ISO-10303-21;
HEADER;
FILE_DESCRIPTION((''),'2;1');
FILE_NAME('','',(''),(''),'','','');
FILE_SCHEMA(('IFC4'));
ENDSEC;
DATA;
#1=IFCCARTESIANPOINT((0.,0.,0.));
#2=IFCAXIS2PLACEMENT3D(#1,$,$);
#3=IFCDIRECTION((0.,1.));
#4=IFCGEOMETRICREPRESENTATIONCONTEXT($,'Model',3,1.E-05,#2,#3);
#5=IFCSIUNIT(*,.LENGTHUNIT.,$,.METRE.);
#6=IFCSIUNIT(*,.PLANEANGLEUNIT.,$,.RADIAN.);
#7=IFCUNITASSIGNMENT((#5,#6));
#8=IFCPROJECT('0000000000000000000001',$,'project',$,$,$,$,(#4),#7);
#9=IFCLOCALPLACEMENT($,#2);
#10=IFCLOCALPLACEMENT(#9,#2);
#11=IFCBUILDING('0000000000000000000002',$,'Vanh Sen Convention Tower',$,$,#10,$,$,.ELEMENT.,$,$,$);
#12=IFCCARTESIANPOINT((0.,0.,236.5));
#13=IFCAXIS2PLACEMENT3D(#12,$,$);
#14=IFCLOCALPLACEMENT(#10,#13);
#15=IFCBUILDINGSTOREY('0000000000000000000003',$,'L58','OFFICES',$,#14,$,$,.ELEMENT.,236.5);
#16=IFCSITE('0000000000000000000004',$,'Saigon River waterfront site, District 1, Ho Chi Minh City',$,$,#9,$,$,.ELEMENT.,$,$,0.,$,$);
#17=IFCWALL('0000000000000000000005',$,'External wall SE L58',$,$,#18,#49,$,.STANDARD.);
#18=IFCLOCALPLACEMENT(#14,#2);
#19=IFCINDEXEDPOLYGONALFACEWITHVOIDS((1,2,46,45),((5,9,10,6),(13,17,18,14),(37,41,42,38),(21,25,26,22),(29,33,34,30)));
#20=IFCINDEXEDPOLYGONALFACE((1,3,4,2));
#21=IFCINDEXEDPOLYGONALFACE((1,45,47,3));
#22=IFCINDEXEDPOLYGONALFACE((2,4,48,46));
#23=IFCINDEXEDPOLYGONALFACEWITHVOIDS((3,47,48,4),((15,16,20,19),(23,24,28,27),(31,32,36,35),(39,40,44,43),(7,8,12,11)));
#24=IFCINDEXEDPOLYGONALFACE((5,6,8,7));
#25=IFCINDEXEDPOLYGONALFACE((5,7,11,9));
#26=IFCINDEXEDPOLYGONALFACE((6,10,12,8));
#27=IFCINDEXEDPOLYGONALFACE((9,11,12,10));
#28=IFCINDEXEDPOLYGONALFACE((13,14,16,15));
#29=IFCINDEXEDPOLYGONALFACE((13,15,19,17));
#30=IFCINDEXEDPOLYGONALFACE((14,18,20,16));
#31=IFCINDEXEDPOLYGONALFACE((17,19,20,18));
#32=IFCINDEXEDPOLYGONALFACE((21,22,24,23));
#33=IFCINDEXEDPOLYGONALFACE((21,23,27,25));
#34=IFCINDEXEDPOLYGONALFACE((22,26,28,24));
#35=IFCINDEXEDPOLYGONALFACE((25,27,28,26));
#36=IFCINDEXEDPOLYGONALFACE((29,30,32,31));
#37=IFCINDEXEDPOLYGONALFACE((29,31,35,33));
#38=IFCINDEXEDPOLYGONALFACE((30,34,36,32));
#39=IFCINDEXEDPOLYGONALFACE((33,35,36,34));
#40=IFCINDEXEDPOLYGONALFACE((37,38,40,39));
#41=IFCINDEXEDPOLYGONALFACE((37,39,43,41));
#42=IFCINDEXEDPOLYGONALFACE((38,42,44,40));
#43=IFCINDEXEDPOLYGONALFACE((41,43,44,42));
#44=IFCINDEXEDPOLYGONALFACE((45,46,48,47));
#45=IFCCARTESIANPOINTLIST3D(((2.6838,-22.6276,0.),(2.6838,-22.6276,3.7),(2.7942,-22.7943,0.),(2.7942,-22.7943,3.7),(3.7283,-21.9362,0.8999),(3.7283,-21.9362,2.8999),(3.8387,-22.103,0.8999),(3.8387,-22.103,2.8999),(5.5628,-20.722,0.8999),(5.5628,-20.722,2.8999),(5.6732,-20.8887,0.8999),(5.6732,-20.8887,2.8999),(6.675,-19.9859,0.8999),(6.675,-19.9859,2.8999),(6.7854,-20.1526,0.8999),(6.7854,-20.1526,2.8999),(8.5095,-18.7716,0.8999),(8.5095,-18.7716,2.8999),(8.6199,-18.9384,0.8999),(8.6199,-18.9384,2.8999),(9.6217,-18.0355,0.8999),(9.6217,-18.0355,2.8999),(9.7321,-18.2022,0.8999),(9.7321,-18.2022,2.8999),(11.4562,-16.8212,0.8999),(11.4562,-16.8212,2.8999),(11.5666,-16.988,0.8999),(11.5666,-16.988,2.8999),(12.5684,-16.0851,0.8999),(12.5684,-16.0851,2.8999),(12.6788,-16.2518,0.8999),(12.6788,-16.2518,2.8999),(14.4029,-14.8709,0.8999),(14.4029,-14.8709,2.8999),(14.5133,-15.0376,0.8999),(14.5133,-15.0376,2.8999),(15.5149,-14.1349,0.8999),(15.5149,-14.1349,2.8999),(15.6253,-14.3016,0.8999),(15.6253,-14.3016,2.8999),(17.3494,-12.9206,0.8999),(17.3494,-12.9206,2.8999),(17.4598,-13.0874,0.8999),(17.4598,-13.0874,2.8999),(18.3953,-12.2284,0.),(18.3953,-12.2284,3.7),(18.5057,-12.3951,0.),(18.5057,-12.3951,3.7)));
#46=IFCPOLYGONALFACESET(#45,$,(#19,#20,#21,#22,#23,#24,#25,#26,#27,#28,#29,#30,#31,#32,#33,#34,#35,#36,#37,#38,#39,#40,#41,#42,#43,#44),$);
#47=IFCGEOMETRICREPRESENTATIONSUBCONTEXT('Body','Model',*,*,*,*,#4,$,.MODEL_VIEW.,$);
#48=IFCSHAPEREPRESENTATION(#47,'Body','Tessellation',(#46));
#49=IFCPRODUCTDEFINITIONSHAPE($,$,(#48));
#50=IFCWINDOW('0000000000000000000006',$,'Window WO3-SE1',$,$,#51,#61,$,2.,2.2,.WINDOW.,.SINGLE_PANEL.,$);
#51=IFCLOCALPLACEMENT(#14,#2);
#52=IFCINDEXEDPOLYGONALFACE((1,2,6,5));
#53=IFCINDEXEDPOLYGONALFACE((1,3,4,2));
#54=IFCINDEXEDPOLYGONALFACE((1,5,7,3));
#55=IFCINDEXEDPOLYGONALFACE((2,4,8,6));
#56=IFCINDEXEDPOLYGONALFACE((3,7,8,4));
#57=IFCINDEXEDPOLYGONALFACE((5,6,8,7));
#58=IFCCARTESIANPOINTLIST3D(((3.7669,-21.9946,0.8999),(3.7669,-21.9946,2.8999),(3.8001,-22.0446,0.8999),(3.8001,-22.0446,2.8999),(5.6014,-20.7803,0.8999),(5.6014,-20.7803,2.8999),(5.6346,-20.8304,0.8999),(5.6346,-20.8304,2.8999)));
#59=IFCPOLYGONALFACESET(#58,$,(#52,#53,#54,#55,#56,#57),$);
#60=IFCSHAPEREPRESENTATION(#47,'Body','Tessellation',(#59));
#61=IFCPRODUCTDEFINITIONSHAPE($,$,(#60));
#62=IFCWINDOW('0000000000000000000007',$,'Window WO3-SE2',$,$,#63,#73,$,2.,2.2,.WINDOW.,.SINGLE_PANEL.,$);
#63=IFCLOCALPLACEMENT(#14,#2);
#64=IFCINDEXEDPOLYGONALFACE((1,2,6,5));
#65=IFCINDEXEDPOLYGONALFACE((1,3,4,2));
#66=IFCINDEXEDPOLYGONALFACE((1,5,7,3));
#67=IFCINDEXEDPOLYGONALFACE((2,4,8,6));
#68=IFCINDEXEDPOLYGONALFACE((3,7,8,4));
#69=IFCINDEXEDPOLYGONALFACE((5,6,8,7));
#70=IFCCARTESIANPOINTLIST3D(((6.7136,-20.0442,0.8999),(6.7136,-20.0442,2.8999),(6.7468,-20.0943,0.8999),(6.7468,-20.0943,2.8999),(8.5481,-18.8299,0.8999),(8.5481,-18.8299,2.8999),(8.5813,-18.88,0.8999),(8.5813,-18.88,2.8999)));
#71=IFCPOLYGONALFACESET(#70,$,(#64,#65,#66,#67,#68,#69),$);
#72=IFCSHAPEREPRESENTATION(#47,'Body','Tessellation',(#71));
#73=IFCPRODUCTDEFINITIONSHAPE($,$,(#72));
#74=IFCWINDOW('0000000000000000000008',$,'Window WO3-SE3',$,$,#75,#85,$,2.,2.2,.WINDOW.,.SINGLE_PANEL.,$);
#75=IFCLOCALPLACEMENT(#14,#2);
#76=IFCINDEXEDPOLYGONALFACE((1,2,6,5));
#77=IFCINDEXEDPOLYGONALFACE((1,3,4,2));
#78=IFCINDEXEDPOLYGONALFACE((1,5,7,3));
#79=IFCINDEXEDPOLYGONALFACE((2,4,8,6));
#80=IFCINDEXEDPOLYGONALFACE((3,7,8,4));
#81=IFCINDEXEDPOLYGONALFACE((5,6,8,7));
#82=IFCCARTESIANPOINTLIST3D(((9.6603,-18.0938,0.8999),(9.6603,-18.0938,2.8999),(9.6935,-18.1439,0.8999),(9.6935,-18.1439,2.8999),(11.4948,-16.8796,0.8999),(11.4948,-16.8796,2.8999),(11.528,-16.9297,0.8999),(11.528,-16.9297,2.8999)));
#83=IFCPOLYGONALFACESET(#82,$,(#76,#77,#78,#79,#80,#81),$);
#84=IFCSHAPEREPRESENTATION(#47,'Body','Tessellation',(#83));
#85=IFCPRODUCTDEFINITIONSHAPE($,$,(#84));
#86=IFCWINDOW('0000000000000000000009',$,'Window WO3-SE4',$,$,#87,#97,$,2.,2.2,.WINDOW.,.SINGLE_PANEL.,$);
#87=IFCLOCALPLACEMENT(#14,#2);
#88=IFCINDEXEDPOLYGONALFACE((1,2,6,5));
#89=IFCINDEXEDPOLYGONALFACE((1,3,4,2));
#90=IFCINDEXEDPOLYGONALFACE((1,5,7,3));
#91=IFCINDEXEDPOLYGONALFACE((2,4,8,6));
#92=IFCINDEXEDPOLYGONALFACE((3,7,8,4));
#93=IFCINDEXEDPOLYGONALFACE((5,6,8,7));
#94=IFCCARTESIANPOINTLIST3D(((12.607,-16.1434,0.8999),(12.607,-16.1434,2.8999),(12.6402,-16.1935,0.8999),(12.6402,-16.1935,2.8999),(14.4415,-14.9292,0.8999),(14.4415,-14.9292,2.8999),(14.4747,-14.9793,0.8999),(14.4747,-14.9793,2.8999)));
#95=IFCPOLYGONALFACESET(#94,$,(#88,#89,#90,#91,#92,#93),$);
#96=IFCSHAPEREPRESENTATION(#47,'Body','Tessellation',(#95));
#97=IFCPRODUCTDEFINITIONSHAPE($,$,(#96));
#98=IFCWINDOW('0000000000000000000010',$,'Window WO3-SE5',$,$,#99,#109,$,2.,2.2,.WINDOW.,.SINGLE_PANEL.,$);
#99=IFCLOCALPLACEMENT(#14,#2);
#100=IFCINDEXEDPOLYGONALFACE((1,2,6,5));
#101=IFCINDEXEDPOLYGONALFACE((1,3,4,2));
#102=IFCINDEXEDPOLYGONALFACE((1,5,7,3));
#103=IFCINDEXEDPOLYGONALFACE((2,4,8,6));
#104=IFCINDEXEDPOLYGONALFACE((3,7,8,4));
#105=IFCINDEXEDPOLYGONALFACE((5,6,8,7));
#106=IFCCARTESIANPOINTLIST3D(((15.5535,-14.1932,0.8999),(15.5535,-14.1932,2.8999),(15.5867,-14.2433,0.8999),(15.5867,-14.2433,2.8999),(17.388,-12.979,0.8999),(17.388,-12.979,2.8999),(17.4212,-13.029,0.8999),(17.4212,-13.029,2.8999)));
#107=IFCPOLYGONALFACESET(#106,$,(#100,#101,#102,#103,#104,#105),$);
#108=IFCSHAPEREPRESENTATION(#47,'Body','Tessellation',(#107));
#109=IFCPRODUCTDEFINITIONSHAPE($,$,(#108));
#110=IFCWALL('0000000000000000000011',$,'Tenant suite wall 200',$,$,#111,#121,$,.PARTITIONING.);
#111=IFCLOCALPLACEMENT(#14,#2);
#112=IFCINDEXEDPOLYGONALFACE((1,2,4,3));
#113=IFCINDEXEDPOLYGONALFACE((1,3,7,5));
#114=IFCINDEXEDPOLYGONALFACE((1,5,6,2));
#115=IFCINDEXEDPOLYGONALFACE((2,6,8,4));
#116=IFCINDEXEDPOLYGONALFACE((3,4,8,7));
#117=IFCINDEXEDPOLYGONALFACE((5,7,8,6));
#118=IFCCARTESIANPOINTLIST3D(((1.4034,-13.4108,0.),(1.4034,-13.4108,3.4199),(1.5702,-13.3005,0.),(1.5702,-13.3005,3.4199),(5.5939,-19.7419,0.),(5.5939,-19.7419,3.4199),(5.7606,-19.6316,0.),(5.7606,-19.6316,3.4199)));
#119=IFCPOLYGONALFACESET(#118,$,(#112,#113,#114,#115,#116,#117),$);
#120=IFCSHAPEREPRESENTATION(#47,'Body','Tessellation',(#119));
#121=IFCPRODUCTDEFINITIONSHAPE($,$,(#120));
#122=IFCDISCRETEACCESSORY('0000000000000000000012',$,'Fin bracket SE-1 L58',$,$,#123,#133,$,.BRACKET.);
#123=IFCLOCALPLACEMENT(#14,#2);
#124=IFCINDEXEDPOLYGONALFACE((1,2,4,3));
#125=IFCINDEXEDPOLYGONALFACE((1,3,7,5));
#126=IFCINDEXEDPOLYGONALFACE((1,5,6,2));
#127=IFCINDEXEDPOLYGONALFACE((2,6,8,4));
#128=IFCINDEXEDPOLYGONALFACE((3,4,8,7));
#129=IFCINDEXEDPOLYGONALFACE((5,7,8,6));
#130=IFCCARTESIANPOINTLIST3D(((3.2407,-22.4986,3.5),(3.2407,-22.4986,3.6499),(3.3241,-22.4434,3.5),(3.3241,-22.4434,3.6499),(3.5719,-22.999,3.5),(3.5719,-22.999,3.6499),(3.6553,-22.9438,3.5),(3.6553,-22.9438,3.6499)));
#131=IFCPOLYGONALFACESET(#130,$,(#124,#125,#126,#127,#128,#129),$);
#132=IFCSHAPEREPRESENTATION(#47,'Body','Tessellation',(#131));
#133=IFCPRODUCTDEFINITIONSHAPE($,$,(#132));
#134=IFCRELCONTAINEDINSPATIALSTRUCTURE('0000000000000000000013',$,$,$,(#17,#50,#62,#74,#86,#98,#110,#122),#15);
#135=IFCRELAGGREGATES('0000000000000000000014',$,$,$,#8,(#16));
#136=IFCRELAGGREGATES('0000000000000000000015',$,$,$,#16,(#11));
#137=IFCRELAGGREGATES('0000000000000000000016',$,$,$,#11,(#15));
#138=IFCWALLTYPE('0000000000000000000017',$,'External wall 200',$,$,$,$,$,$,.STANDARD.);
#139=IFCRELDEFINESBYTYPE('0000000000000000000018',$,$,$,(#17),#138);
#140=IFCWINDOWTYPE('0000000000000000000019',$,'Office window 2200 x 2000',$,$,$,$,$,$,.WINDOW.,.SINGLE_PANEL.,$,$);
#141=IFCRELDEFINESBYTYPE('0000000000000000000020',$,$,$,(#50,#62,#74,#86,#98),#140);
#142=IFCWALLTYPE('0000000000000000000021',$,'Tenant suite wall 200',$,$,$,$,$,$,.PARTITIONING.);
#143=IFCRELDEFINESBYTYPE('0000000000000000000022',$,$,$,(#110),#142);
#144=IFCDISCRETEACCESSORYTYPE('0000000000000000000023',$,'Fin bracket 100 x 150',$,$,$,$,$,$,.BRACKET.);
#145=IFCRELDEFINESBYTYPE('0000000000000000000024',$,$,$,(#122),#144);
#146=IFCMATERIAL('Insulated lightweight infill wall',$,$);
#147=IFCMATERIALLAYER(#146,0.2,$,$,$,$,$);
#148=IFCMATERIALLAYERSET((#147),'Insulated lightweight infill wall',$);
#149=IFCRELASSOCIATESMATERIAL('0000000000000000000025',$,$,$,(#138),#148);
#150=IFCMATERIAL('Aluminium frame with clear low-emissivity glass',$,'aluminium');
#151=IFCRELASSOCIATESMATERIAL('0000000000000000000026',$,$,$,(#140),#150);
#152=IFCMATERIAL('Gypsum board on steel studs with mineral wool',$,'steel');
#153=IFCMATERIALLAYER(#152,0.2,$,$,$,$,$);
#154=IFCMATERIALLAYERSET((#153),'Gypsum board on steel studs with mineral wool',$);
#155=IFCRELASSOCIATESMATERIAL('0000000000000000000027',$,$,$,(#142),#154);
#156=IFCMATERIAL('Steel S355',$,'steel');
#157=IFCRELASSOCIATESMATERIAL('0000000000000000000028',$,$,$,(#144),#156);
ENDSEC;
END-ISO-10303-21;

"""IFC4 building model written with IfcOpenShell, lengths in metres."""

from ifc_helpers import new_model, si_unit, direction, frame, frame_2d, origin, origin_2d, place, context, subcontext, project, spatial, rectangle, extrude, material, layer, layer_set, type_object, element, fill, save


model = new_model("IFC4")

# Units and contexts
model_context = context("Model", 3, precision=1e-05, world=origin(), true_north=direction((0.0, 1.0)))
body_context = subcontext(model_context, "Body", "Model", "MODEL_VIEW")
ifc_project = project(units=[si_unit("LENGTHUNIT", "METRE"), si_unit("PLANEANGLEUNIT", "RADIAN")], contexts=[model_context])

# Site, building, storey
site_placement = place(None, origin())
site = spatial("IfcSite", under=ifc_project, at=site_placement, Name="Saigon River waterfront site, District 1, Ho Chi Minh City", CompositionType="ELEMENT", RefElevation=0.0)
building_placement = place(site_placement, origin())
building = spatial("IfcBuilding", under=site, at=building_placement, Name="Vanh Sen Convention Tower", CompositionType="ELEMENT")
storey_placement = place(building_placement, frame((0.0, 0.0, 236.5)))
storey = spatial("IfcBuildingStorey", under=building, at=storey_placement, Name="L58", Description="OFFICES", CompositionType="ELEMENT", Elevation=236.5)

# Shared definitions
ifc_material_1 = material(Name="Gypsum board on steel studs with mineral wool", Category="steel")

# Wall, openings, windows
ifc_material_2 = material(Name="Insulated lightweight infill wall")
ifc_layer_1 = layer(ifc_material_2, 0.2)
ifc_layer_set_1 = layer_set([ifc_layer_1], Name="Insulated lightweight infill wall")
wall_type_1 = type_object("IfcWallType", Name="External wall 200", PredefinedType="STANDARD", material=ifc_layer_set_1)
wall_1_placement = place(storey_placement, frame((2.739, -22.7109, 0.0), z_axis=(0.0, 0.0, 1.0), x_axis=(0.833886, 0.551937, 0.0)))
wall_1 = element("IfcWall", 1, at=wall_1_placement, inside=storey, type_object=wall_type_1, Name="External wall SE L58", PredefinedType="STANDARD", context=body_context, shape_type="SweptSolid", body=[
    extrude(rectangle(XDim=18.8413, YDim=0.2, at=frame_2d((9.4207, 0.0))), origin(), (0.0, 0.0, 1.0), 3.7),
])
opening_1_placement = place(wall_1_placement, frame((1.2524, 0.0, 0.8999)))
opening_1 = element("IfcOpeningElement", 2, at=opening_1_placement, cuts=wall_1, PredefinedType="OPENING", context=body_context, shape_type="SweptSolid", body=[
    extrude(rectangle(XDim=2.2, YDim=2.0, at=frame_2d((1.1001, 1.0))), frame((0.0, 0.1099, 0.0), z_axis=(0.0, -1.0, 0.0), x_axis=(1.0, 0.0, 0.0)), (0.0, 0.0, 1.0), 0.22),
])
opening_2_placement = place(wall_1_placement, frame((4.7861, 0.0, 0.8999)))
opening_2 = element("IfcOpeningElement", 3, at=opening_2_placement, cuts=wall_1, PredefinedType="OPENING", context=body_context, shape_type="SweptSolid", body=[
    extrude(rectangle(XDim=2.2, YDim=2.0, at=frame_2d((1.1001, 1.0))), frame((0.0, 0.1099, 0.0), z_axis=(0.0, -1.0, 0.0), x_axis=(1.0, 0.0, 0.0)), (0.0, 0.0, 1.0), 0.22),
])
opening_3_placement = place(wall_1_placement, frame((8.3198, 0.0, 0.8999)))
opening_3 = element("IfcOpeningElement", 4, at=opening_3_placement, cuts=wall_1, PredefinedType="OPENING", context=body_context, shape_type="SweptSolid", body=[
    extrude(rectangle(XDim=2.2, YDim=2.0, at=frame_2d((1.1001, 1.0))), frame((0.0, 0.1099, 0.0), z_axis=(0.0, -1.0, 0.0), x_axis=(1.0, 0.0, 0.0)), (0.0, 0.0, 1.0), 0.22),
])
opening_4_placement = place(wall_1_placement, frame((11.8535, 0.0, 0.8999)))
opening_4 = element("IfcOpeningElement", 5, at=opening_4_placement, cuts=wall_1, PredefinedType="OPENING", context=body_context, shape_type="SweptSolid", body=[
    extrude(rectangle(XDim=2.2, YDim=2.0, at=frame_2d((1.1001, 1.0))), frame((0.0, 0.1099, 0.0), z_axis=(0.0, -1.0, 0.0), x_axis=(1.0, 0.0, 0.0)), (0.0, 0.0, 1.0), 0.22),
])
opening_5_placement = place(wall_1_placement, frame((15.387, 0.0, 0.8999)))
opening_5 = element("IfcOpeningElement", 6, at=opening_5_placement, cuts=wall_1, PredefinedType="OPENING", context=body_context, shape_type="SweptSolid", body=[
    extrude(rectangle(XDim=2.2, YDim=2.0, at=frame_2d((1.1001, 1.0))), frame((0.0, 0.1099, 0.0), z_axis=(0.0, -1.0, 0.0), x_axis=(1.0, 0.0, 0.0)), (0.0, 0.0, 1.0), 0.22),
])
ifc_material_3 = material(Name="Aluminium frame with clear low-emissivity glass", Category="aluminium")
window_type = type_object("IfcWindowType", Name="Office window 2200 x 2000", PartitioningType="SINGLE_PANEL", PredefinedType="WINDOW", material=ifc_material_3)
window_1_placement = place(opening_1_placement, origin())
window_1 = element("IfcWindow", 7, at=window_1_placement, inside=storey, type_object=window_type, Name="Window WO3-SE1", OverallHeight=2.0, OverallWidth=2.2, PartitioningType="SINGLE_PANEL", PredefinedType="WINDOW", context=body_context, shape_type="SweptSolid", body=[
    extrude(rectangle(XDim=2.2, YDim=2.0, at=frame_2d((1.1001, 1.0))), frame((0.0, 0.03, 0.0), z_axis=(0.0, -1.0, 0.0), x_axis=(1.0, 0.0, 0.0)), (0.0, 0.0, 1.0), 0.0601),
])
fill(opening_1, window_1)
window_2_placement = place(opening_2_placement, origin())
window_2 = element("IfcWindow", 8, at=window_2_placement, inside=storey, type_object=window_type, Name="Window WO3-SE2", OverallHeight=2.0, OverallWidth=2.2, PartitioningType="SINGLE_PANEL", PredefinedType="WINDOW", context=body_context, shape_type="SweptSolid", body=[
    extrude(rectangle(XDim=2.2, YDim=2.0, at=frame_2d((1.1001, 1.0))), frame((0.0, 0.03, 0.0), z_axis=(0.0, -1.0, 0.0), x_axis=(1.0, 0.0, 0.0)), (0.0, 0.0, 1.0), 0.0601),
])
fill(opening_2, window_2)
window_3_placement = place(opening_3_placement, origin())
window_3 = element("IfcWindow", 9, at=window_3_placement, inside=storey, type_object=window_type, Name="Window WO3-SE3", OverallHeight=2.0, OverallWidth=2.2, PartitioningType="SINGLE_PANEL", PredefinedType="WINDOW", context=body_context, shape_type="SweptSolid", body=[
    extrude(rectangle(XDim=2.2, YDim=2.0, at=frame_2d((1.1001, 1.0))), frame((0.0, 0.03, 0.0), z_axis=(0.0, -1.0, 0.0), x_axis=(1.0, 0.0, 0.0)), (0.0, 0.0, 1.0), 0.0601),
])
fill(opening_3, window_3)
window_4_placement = place(opening_4_placement, origin())
window_4 = element("IfcWindow", 10, at=window_4_placement, inside=storey, type_object=window_type, Name="Window WO3-SE4", OverallHeight=2.0, OverallWidth=2.2, PartitioningType="SINGLE_PANEL", PredefinedType="WINDOW", context=body_context, shape_type="SweptSolid", body=[
    extrude(rectangle(XDim=2.2, YDim=2.0, at=frame_2d((1.1001, 1.0))), frame((0.0, 0.03, 0.0), z_axis=(0.0, -1.0, 0.0), x_axis=(1.0, 0.0, 0.0)), (0.0, 0.0, 1.0), 0.0601),
])
fill(opening_4, window_4)
window_5_placement = place(opening_5_placement, origin())
window_5 = element("IfcWindow", 11, at=window_5_placement, inside=storey, type_object=window_type, Name="Window WO3-SE5", OverallHeight=2.0, OverallWidth=2.2, PartitioningType="SINGLE_PANEL", PredefinedType="WINDOW", context=body_context, shape_type="SweptSolid", body=[
    extrude(rectangle(XDim=2.2, YDim=2.0, at=frame_2d((1.1001, 1.0))), frame((0.0, 0.03, 0.0), z_axis=(0.0, -1.0, 0.0), x_axis=(1.0, 0.0, 0.0)), (0.0, 0.0, 1.0), 0.0601),
])
fill(opening_5, window_5)

# Wall
ifc_layer_2 = layer(ifc_material_1, 0.2)
ifc_layer_set_2 = layer_set([ifc_layer_2], Name="Gypsum board on steel studs with mineral wool")
wall_type_2 = type_object("IfcWallType", Name="Tenant suite wall 200", PredefinedType="PARTITIONING", material=ifc_layer_set_2)
wall_2_placement = place(storey_placement, frame((5.6772, -19.6868, 0.0), z_axis=(0.0, 0.0, 1.0), x_axis=(-0.551937, 0.833886, 0.0)))
element("IfcWall", 12, at=wall_2_placement, inside=storey, type_object=wall_type_2, Name="Tenant suite wall 200", PredefinedType="PARTITIONING", context=body_context, shape_type="SweptSolid", body=[
    extrude(rectangle(XDim=7.5923, YDim=0.2, at=frame_2d((3.7961, 0.0))), origin(), (0.0, 0.0, 1.0), 3.4199),
])

# Discrete accessory
ifc_material_4 = material(Name="Steel S355", Category="steel")
discrete_accessory_type = type_object("IfcDiscreteAccessoryType", Name="Fin bracket 100 x 150", PredefinedType="BRACKET", material=ifc_material_4)
discrete_accessory_placement = place(storey_placement, frame((3.448, -22.7212, 3.5), z_axis=(0.0, 0.0, 1.0), x_axis=(0.551937, -0.833886, 0.0)))
element("IfcDiscreteAccessory", 13, at=discrete_accessory_placement, inside=storey, type_object=discrete_accessory_type, Name="Fin bracket SE-1 L58", PredefinedType="BRACKET", context=body_context, shape_type="SweptSolid", body=[
    extrude(rectangle(XDim=0.6001, YDim=0.1001, at=origin_2d()), origin(), (0.0, 0.0, 1.0), 0.1499),
])

save(model, "model.ifc")
